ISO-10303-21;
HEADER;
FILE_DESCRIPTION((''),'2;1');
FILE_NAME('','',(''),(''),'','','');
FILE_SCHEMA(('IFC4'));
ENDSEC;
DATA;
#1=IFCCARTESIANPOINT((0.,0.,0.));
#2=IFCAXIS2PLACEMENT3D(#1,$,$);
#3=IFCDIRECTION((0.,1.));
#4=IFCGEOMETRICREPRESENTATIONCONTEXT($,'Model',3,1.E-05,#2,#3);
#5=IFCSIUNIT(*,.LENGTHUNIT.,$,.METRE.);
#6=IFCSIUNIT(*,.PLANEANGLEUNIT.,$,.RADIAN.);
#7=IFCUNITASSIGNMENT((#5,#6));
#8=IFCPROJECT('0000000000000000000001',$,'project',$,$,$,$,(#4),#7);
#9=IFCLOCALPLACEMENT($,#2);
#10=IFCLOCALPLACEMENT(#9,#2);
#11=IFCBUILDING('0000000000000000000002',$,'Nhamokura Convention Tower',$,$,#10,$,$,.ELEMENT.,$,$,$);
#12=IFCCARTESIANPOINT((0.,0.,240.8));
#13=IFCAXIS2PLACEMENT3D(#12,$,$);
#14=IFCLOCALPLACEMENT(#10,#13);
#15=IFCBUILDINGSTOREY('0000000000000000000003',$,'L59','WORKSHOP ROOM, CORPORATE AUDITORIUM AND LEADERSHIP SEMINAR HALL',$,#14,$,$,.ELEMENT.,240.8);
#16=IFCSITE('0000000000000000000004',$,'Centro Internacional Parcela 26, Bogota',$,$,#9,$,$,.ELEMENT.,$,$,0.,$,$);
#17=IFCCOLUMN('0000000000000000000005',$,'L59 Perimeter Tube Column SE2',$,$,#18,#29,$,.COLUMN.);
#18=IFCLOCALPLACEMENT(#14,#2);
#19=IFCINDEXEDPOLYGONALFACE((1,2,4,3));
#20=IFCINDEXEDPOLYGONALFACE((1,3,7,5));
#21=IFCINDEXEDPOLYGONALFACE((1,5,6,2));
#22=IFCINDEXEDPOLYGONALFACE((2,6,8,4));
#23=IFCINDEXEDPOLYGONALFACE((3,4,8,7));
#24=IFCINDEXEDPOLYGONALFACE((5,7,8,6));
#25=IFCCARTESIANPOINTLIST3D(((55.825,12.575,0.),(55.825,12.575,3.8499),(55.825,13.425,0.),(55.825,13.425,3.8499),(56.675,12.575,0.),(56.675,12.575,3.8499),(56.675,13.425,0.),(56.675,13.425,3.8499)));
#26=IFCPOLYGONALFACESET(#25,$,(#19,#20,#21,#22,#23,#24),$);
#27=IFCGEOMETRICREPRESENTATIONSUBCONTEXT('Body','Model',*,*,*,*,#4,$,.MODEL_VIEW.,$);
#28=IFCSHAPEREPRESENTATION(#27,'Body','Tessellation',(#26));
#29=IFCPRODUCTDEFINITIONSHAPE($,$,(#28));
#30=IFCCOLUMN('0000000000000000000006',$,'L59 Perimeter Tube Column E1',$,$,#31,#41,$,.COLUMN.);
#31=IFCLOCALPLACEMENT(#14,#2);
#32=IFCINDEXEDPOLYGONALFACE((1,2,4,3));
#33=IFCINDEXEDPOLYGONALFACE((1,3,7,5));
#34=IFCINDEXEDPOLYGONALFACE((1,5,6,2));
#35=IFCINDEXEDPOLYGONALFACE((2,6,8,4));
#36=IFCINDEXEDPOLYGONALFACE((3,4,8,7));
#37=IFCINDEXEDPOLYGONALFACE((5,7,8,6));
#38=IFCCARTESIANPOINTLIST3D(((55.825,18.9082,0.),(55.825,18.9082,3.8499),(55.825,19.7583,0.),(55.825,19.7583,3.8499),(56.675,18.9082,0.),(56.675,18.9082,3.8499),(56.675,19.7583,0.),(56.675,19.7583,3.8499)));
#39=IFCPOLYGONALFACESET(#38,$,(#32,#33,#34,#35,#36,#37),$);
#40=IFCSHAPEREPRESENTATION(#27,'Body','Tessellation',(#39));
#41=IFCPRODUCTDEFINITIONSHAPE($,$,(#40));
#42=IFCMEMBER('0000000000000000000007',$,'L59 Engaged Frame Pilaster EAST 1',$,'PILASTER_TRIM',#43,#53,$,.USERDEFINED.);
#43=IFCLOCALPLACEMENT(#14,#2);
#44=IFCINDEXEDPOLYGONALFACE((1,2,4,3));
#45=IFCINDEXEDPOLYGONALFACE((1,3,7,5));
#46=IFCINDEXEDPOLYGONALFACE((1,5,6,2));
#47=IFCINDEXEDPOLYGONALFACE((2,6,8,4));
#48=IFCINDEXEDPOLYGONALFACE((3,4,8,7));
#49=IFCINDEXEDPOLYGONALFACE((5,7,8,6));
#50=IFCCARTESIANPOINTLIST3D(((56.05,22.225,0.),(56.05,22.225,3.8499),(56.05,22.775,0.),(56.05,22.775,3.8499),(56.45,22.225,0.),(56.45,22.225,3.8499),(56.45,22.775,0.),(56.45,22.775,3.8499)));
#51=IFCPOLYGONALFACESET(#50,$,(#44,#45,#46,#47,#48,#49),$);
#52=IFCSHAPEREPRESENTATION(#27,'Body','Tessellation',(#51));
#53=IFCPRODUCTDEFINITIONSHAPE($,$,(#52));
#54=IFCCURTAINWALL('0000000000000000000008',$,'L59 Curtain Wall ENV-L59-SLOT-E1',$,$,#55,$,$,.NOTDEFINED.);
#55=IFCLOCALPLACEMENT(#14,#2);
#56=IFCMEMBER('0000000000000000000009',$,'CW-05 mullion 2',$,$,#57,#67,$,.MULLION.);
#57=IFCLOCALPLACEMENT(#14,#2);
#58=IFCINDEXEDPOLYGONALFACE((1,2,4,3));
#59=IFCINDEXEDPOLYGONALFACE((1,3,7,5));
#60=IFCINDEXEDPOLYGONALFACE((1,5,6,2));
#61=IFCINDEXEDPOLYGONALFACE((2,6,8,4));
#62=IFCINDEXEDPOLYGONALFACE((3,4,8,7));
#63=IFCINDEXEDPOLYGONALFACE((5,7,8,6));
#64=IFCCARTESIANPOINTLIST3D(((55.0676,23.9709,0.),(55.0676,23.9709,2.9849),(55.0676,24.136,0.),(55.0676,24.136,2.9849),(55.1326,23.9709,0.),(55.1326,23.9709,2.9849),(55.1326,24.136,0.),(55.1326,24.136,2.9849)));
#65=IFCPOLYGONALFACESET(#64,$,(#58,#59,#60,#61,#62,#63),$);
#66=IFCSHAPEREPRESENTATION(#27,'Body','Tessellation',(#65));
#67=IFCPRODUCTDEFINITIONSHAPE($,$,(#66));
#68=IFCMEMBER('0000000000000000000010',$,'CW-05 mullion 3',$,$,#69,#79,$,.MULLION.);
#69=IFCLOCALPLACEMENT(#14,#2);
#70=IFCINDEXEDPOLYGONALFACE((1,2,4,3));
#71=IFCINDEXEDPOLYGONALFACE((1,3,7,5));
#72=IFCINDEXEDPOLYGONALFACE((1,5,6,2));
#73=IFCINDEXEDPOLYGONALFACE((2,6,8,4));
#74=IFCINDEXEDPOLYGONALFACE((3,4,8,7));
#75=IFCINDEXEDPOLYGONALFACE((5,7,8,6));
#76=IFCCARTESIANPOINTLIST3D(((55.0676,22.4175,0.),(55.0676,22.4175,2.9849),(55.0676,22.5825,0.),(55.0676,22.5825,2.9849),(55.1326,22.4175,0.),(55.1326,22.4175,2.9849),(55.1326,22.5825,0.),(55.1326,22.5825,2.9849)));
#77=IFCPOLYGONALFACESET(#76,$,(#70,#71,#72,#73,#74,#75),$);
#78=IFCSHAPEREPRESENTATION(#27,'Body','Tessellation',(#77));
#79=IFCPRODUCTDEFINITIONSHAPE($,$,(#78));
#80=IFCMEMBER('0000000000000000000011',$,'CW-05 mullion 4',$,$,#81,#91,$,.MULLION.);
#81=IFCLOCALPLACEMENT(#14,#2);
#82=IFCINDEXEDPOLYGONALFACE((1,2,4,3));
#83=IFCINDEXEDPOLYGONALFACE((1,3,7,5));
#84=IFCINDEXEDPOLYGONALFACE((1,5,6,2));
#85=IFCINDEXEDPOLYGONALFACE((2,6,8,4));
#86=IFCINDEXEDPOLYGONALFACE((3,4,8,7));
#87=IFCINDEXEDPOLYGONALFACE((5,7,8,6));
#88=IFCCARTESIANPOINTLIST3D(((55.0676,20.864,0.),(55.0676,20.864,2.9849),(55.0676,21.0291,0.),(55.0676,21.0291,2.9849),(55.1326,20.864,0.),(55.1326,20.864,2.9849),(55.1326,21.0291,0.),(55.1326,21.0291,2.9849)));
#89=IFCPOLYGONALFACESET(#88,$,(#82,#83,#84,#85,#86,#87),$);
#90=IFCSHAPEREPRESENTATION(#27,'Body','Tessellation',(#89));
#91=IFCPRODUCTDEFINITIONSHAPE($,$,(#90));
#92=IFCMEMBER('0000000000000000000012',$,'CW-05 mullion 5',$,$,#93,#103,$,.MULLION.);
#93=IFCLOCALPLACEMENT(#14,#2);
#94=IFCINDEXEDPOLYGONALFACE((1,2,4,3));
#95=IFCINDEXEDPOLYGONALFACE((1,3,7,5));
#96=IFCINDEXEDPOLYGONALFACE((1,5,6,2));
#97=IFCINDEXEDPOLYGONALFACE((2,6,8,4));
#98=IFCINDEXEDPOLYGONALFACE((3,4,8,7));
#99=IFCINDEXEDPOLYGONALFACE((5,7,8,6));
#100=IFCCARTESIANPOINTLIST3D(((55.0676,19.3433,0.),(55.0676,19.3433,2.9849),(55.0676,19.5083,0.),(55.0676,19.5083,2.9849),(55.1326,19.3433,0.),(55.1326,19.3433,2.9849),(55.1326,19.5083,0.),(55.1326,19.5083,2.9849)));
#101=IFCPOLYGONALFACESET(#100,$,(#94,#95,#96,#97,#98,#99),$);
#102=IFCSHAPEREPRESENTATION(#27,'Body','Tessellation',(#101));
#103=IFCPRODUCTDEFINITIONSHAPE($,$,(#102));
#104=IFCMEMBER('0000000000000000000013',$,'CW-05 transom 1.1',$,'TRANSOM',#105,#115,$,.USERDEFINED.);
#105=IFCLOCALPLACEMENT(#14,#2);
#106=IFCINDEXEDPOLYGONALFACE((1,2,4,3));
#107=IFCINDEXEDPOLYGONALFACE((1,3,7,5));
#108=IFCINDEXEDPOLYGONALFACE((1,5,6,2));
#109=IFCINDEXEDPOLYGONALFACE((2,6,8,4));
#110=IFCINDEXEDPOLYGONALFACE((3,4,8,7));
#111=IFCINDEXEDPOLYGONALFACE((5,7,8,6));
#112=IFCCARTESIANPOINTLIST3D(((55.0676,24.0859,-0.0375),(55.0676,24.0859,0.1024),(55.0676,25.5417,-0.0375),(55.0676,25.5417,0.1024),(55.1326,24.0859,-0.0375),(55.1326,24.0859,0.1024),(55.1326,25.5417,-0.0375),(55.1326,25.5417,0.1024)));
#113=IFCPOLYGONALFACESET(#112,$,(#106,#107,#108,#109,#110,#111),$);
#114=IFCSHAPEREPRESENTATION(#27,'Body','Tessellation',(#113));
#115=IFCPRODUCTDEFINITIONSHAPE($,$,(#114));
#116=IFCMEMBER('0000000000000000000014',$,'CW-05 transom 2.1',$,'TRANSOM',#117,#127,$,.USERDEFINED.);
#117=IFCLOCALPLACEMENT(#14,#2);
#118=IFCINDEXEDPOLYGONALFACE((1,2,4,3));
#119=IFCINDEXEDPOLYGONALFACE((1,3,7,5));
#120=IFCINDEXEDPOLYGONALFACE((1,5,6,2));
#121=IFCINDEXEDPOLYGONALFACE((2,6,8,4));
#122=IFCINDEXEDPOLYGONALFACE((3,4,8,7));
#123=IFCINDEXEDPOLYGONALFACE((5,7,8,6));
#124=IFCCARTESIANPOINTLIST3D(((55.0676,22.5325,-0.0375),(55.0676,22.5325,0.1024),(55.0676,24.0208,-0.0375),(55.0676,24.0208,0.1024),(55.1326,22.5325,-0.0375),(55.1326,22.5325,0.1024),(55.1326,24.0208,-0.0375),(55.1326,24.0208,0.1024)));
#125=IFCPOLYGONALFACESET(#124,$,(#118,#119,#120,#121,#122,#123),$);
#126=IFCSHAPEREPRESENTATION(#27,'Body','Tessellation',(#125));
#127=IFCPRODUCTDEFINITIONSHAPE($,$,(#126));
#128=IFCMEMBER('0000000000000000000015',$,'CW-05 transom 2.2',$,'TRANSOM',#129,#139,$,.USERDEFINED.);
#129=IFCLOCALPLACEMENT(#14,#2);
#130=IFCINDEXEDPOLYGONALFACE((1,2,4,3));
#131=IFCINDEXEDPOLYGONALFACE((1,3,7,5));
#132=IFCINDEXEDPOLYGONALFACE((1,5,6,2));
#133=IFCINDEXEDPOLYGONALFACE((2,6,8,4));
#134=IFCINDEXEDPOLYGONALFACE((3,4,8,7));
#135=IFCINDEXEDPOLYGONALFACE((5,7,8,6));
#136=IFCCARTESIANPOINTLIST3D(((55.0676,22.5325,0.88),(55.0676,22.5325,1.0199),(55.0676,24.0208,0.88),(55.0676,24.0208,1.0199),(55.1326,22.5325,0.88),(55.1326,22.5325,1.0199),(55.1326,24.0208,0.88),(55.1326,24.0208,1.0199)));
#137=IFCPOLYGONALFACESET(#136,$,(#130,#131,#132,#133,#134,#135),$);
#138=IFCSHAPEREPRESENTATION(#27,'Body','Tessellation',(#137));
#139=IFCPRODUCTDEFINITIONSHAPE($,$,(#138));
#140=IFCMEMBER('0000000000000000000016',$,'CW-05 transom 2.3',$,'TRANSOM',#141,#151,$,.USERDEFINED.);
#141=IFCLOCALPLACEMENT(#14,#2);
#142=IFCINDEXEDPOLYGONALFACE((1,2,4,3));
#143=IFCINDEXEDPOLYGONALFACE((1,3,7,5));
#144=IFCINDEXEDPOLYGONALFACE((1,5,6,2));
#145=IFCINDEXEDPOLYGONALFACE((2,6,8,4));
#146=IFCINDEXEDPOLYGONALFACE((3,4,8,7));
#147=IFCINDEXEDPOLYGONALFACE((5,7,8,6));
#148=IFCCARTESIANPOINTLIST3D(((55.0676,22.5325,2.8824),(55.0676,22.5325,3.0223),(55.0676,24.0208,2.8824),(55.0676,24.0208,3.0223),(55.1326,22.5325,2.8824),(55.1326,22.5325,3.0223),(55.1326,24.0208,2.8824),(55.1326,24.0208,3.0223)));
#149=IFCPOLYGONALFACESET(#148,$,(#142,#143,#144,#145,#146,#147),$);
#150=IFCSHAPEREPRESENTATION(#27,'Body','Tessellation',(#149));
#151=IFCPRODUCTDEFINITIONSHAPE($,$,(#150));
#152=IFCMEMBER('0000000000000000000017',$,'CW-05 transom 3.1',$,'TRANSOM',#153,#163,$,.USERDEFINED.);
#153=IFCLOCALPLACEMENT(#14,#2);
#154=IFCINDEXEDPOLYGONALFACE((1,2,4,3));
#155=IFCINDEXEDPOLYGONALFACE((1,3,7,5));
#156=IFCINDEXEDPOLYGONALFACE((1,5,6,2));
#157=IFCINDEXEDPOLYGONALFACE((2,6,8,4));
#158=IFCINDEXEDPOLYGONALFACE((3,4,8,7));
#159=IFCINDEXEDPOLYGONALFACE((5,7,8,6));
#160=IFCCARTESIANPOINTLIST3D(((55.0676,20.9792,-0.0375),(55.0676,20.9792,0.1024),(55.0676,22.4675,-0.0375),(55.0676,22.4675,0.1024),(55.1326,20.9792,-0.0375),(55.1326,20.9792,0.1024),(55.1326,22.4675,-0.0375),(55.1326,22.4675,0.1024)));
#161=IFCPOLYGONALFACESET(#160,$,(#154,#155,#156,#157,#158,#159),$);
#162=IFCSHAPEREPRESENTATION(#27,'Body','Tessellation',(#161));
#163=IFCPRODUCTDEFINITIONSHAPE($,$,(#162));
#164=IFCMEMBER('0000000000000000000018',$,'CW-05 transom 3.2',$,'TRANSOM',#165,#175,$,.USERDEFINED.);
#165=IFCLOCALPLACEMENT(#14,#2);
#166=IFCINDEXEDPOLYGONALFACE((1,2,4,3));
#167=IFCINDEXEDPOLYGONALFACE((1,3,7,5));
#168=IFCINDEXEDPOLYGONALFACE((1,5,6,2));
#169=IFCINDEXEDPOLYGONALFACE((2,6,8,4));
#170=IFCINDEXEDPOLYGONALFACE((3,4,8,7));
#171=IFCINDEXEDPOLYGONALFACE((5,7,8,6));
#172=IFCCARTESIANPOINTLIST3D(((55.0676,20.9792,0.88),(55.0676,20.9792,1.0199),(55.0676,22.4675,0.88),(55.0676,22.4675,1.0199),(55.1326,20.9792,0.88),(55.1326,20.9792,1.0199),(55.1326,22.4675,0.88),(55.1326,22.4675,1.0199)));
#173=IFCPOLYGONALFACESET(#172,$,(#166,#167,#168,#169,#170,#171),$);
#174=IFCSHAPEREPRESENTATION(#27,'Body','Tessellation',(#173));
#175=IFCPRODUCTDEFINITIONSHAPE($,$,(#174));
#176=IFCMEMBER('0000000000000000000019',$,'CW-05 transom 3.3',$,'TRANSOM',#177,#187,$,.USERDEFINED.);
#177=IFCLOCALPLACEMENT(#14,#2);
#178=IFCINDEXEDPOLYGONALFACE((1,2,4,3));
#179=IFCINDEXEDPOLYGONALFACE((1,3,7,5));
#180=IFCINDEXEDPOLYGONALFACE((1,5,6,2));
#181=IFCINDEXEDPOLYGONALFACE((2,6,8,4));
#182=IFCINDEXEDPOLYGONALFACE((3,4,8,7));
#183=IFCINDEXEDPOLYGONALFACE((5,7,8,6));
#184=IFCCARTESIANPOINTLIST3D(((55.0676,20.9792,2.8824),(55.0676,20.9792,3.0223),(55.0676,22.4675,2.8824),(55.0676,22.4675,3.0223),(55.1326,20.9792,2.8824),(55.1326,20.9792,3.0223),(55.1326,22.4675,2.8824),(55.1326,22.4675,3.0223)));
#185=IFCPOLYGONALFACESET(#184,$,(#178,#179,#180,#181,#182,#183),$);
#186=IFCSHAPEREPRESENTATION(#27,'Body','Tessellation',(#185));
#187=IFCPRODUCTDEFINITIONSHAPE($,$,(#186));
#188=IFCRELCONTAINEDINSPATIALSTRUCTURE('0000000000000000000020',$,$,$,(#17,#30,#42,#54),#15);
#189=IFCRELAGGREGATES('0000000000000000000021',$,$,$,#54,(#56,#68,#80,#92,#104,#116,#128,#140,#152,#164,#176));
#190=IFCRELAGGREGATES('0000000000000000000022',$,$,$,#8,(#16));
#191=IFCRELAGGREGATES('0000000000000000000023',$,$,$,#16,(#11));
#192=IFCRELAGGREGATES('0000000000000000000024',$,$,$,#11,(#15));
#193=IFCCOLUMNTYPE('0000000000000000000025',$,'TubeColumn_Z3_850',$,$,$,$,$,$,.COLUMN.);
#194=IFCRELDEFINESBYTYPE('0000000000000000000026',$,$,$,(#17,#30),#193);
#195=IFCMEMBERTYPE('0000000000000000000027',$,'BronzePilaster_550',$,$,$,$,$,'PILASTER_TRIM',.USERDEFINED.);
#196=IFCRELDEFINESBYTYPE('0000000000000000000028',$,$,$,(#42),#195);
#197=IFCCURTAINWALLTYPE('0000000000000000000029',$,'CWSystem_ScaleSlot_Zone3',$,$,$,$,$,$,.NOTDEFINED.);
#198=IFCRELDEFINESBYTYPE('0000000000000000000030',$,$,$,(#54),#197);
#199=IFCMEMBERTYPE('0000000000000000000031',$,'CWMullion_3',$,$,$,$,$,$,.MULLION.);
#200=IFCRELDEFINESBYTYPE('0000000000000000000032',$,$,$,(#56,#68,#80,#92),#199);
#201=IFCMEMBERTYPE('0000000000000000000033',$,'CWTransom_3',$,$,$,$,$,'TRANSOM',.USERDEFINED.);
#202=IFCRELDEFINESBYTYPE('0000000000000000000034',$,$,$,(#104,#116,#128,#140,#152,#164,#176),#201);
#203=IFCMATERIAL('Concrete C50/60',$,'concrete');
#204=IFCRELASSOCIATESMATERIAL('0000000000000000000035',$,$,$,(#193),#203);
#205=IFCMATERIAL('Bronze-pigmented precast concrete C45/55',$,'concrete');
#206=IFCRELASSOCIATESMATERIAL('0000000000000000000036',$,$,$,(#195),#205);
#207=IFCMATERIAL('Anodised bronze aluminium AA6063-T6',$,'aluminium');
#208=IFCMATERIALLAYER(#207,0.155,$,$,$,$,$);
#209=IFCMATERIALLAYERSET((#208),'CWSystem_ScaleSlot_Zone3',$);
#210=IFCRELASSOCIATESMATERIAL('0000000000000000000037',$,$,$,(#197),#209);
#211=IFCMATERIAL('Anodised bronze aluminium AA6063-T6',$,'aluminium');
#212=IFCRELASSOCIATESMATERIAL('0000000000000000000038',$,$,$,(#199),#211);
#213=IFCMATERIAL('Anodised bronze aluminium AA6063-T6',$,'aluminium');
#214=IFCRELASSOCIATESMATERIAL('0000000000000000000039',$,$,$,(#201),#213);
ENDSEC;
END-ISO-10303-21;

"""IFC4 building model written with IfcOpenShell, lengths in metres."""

from ifc_helpers import new_model, si_unit, direction, frame, origin, origin_2d, place, context, subcontext, project, spatial, rectangle, extrude, material, layer, layer_set, material_profile, profile_set, type_object, element, aggregate, save


model = new_model("IFC4")

# Units and contexts
model_context = context("Model", 3, precision=1e-05, world=origin(), true_north=direction((0.0, 1.0)))
body_context = subcontext(model_context, "Body", "Model", "MODEL_VIEW")
ifc_project = project(units=[si_unit("LENGTHUNIT", "METRE"), si_unit("PLANEANGLEUNIT", "RADIAN")], contexts=[model_context])

# Site, building, storey
site_placement = place(None, origin())
site = spatial("IfcSite", under=ifc_project, at=site_placement, Name="Centro Internacional Parcela 26, Bogota", CompositionType="ELEMENT", RefElevation=0.0)
building_placement = place(site_placement, origin())
building = spatial("IfcBuilding", under=site, at=building_placement, Name="Nhamokura Convention Tower", CompositionType="ELEMENT")
storey_placement = place(building_placement, frame((0.0, 0.0, 240.8)))
storey = spatial("IfcBuildingStorey", under=building, at=storey_placement, Name="L59", Description="WORKSHOP ROOM, CORPORATE AUDITORIUM AND LEADERSHIP SEMINAR HALL", CompositionType="ELEMENT", Elevation=240.8)

# Columns
ifc_material_1 = material(Name="Concrete C50/60", Category="concrete")
ifc_material_profile_1 = material_profile(ifc_material_1, rectangle(XDim=0.8501, YDim=0.8501, at=origin_2d()))
ifc_profile_set_1 = profile_set([ifc_material_profile_1], Name="Concrete C50/60")
column_type = type_object("IfcColumnType", Name="TubeColumn_Z3_850", PredefinedType="COLUMN", material=ifc_profile_set_1)
for number, where, z_axis, x_axis, name in (
    (1, (56.25, 13.0, 0.0), (0.0, 0.0, 1.0), (1.0, 0.0, 0.0), "L59 Perimeter Tube Column SE2"),
    (2, (56.25, 19.3333, 0.0), (0.0, 0.0, 1.0), (1.0, 0.0, 0.0), "L59 Perimeter Tube Column E1"),
):
    element("IfcColumn", number, at=place(storey_placement, frame(where, z_axis=z_axis, x_axis=x_axis)), inside=storey, type_object=column_type, Name=name, PredefinedType="COLUMN", context=body_context, shape_type="SweptSolid", body=[
        extrude(rectangle(XDim=0.8501, YDim=0.8501, at=origin_2d()), origin(), (0.0, 0.0, 1.0), 3.8499),
    ])

# Member
ifc_material_2 = material(Name="Bronze-pigmented precast concrete C45/55", Category="concrete")
ifc_material_profile_2 = material_profile(ifc_material_2, rectangle(XDim=0.3999, YDim=0.55, at=origin_2d()))
ifc_profile_set_2 = profile_set([ifc_material_profile_2], Name="Bronze-pigmented precast concrete C45/55")
member_type_1 = type_object("IfcMemberType", Name="BronzePilaster_550", ElementType="PILASTER_TRIM", PredefinedType="USERDEFINED", material=ifc_profile_set_2)
member_1_placement = place(storey_placement, frame((56.25, 22.5, 0.0), z_axis=(0.0, 0.0, 1.0), x_axis=(1.0, 0.0, 0.0)))
element("IfcMember", 3, at=member_1_placement, inside=storey, type_object=member_type_1, Name="L59 Engaged Frame Pilaster EAST 1", ObjectType="PILASTER_TRIM", PredefinedType="USERDEFINED", context=body_context, shape_type="SweptSolid", body=[
    extrude(rectangle(XDim=0.3999, YDim=0.55, at=origin_2d()), origin(), (0.0, 0.0, 1.0), 3.8499),
])

# Curtain wall, members
ifc_material_3 = material(Name="Anodised bronze aluminium AA6063-T6", Category="aluminium")
ifc_layer_1 = layer(ifc_material_3, 0.155)
ifc_layer_set_1 = layer_set([ifc_layer_1], Name="CWSystem_ScaleSlot_Zone3")
curtain_wall_type = type_object("IfcCurtainWallType", Name="CWSystem_ScaleSlot_Zone3", PredefinedType="NOTDEFINED", material=ifc_layer_set_1)
curtain_wall_placement = place(storey_placement, origin())
curtain_wall = element("IfcCurtainWall", 4, at=curtain_wall_placement, inside=storey, type_object=curtain_wall_type, Name="L59 Curtain Wall ENV-L59-SLOT-E1", PredefinedType="NOTDEFINED")
ifc_material_4 = material(Name="Anodised bronze aluminium AA6063-T6", Category="aluminium")
ifc_material_profile_3 = material_profile(ifc_material_4, rectangle(XDim=0.0649, YDim=0.165, at=origin_2d()))
ifc_profile_set_3 = profile_set([ifc_material_profile_3], Name="Anodised bronze aluminium AA6063-T6")
member_type_2 = type_object("IfcMemberType", Name="CWMullion_3", PredefinedType="MULLION", material=ifc_profile_set_3)
member_2_placement = place(storey_placement, frame((55.1001, 24.0535, 0.0), z_axis=(0.0, 0.0, 1.0), x_axis=(1.0, 0.0, 0.0)))
member_2 = element("IfcMember", 5, at=member_2_placement, type_object=member_type_2, Name="CW-05 mullion 2", PredefinedType="MULLION", context=body_context, shape_type="SweptSolid", body=[
    extrude(rectangle(XDim=0.0649, YDim=0.165, at=origin_2d()), origin(), (0.0, 0.0, 1.0), 2.9849),
])
member_3_placement = place(storey_placement, frame((55.1001, 22.5, 0.0), z_axis=(0.0, 0.0, 1.0), x_axis=(1.0, 0.0, 0.0)))
member_3 = element("IfcMember", 6, at=member_3_placement, type_object=member_type_2, Name="CW-05 mullion 3", PredefinedType="MULLION", context=body_context, shape_type="SweptSolid", body=[
    extrude(rectangle(XDim=0.0649, YDim=0.165, at=origin_2d()), origin(), (0.0, 0.0, 1.0), 2.9849),
])
member_4_placement = place(storey_placement, frame((55.1001, 20.9465, 0.0), z_axis=(0.0, 0.0, 1.0), x_axis=(1.0, 0.0, 0.0)))
member_4 = element("IfcMember", 7, at=member_4_placement, type_object=member_type_2, Name="CW-05 mullion 4", PredefinedType="MULLION", context=body_context, shape_type="SweptSolid", body=[
    extrude(rectangle(XDim=0.0649, YDim=0.165, at=origin_2d()), origin(), (0.0, 0.0, 1.0), 2.9849),
])
member_5_placement = place(storey_placement, frame((55.1001, 19.4258, 0.0), z_axis=(0.0, 0.0, 1.0), x_axis=(1.0, 0.0, 0.0)))
member_5 = element("IfcMember", 8, at=member_5_placement, type_object=member_type_2, Name="CW-05 mullion 5", PredefinedType="MULLION", context=body_context, shape_type="SweptSolid", body=[
    extrude(rectangle(XDim=0.0649, YDim=0.165, at=origin_2d()), origin(), (0.0, 0.0, 1.0), 2.9849),
])
ifc_material_5 = material(Name="Anodised bronze aluminium AA6063-T6", Category="aluminium")
ifc_material_profile_4 = material_profile(ifc_material_5, rectangle(XDim=0.0649, YDim=0.1399, at=origin_2d()))
ifc_profile_set_4 = profile_set([ifc_material_profile_4], Name="Anodised bronze aluminium AA6063-T6")
member_type_3 = type_object("IfcMemberType", Name="CWTransom_3", ElementType="TRANSOM", PredefinedType="USERDEFINED", material=ifc_profile_set_4)
member_6_placement = place(storey_placement, frame((55.1001, 25.5417, 0.0325), z_axis=(0.0, -1.0, 0.0), x_axis=(1.0, 0.0, 0.0)))
member_6 = element("IfcMember", 9, at=member_6_placement, type_object=member_type_3, Name="CW-05 transom 1.1", ObjectType="TRANSOM", PredefinedType="USERDEFINED", context=body_context, shape_type="SweptSolid", body=[
    extrude(rectangle(XDim=0.0649, YDim=0.1399, at=origin_2d()), origin(), (0.0, 0.0, 1.0), 1.4558),
])
member_7_placement = place(storey_placement, frame((55.1001, 24.0208, 0.0325), z_axis=(0.0, -1.0, 0.0), x_axis=(1.0, 0.0, 0.0)))
member_7 = element("IfcMember", 10, at=member_7_placement, type_object=member_type_3, Name="CW-05 transom 2.1", ObjectType="TRANSOM", PredefinedType="USERDEFINED", context=body_context, shape_type="SweptSolid", body=[
    extrude(rectangle(XDim=0.0649, YDim=0.1399, at=origin_2d()), origin(), (0.0, 0.0, 1.0), 1.4883),
])
member_8_placement = place(storey_placement, frame((55.1001, 24.0208, 0.95), z_axis=(0.0, -1.0, 0.0), x_axis=(1.0, 0.0, 0.0)))
member_8 = element("IfcMember", 11, at=member_8_placement, type_object=member_type_3, Name="CW-05 transom 2.2", ObjectType="TRANSOM", PredefinedType="USERDEFINED", context=body_context, shape_type="SweptSolid", body=[
    extrude(rectangle(XDim=0.0649, YDim=0.1399, at=origin_2d()), origin(), (0.0, 0.0, 1.0), 1.4883),
])
member_9_placement = place(storey_placement, frame((55.1001, 24.0208, 2.9524), z_axis=(0.0, -1.0, 0.0), x_axis=(1.0, 0.0, 0.0)))
member_9 = element("IfcMember", 12, at=member_9_placement, type_object=member_type_3, Name="CW-05 transom 2.3", ObjectType="TRANSOM", PredefinedType="USERDEFINED", context=body_context, shape_type="SweptSolid", body=[
    extrude(rectangle(XDim=0.0649, YDim=0.1399, at=origin_2d()), origin(), (0.0, 0.0, 1.0), 1.4883),
])
member_10_placement = place(storey_placement, frame((55.1001, 22.4675, 0.0325), z_axis=(0.0, -1.0, 0.0), x_axis=(1.0, 0.0, 0.0)))
member_10 = element("IfcMember", 13, at=member_10_placement, type_object=member_type_3, Name="CW-05 transom 3.1", ObjectType="TRANSOM", PredefinedType="USERDEFINED", context=body_context, shape_type="SweptSolid", body=[
    extrude(rectangle(XDim=0.0649, YDim=0.1399, at=origin_2d()), origin(), (0.0, 0.0, 1.0), 1.4883),
])
member_11_placement = place(storey_placement, frame((55.1001, 22.4675, 0.95), z_axis=(0.0, -1.0, 0.0), x_axis=(1.0, 0.0, 0.0)))
member_11 = element("IfcMember", 14, at=member_11_placement, type_object=member_type_3, Name="CW-05 transom 3.2", ObjectType="TRANSOM", PredefinedType="USERDEFINED", context=body_context, shape_type="SweptSolid", body=[
    extrude(rectangle(XDim=0.0649, YDim=0.1399, at=origin_2d()), origin(), (0.0, 0.0, 1.0), 1.4883),
])
member_12_placement = place(storey_placement, frame((55.1001, 22.4675, 2.9524), z_axis=(0.0, -1.0, 0.0), x_axis=(1.0, 0.0, 0.0)))
member_12 = element("IfcMember", 15, at=member_12_placement, type_object=member_type_3, Name="CW-05 transom 3.3", ObjectType="TRANSOM", PredefinedType="USERDEFINED", context=body_context, shape_type="SweptSolid", body=[
    extrude(rectangle(XDim=0.0649, YDim=0.1399, at=origin_2d()), origin(), (0.0, 0.0, 1.0), 1.4883),
])

aggregate(curtain_wall, [member_2, member_3, member_4, member_5, member_6, member_7, member_8, member_9, member_10, member_11, member_12])

save(model, "model.ifc")
